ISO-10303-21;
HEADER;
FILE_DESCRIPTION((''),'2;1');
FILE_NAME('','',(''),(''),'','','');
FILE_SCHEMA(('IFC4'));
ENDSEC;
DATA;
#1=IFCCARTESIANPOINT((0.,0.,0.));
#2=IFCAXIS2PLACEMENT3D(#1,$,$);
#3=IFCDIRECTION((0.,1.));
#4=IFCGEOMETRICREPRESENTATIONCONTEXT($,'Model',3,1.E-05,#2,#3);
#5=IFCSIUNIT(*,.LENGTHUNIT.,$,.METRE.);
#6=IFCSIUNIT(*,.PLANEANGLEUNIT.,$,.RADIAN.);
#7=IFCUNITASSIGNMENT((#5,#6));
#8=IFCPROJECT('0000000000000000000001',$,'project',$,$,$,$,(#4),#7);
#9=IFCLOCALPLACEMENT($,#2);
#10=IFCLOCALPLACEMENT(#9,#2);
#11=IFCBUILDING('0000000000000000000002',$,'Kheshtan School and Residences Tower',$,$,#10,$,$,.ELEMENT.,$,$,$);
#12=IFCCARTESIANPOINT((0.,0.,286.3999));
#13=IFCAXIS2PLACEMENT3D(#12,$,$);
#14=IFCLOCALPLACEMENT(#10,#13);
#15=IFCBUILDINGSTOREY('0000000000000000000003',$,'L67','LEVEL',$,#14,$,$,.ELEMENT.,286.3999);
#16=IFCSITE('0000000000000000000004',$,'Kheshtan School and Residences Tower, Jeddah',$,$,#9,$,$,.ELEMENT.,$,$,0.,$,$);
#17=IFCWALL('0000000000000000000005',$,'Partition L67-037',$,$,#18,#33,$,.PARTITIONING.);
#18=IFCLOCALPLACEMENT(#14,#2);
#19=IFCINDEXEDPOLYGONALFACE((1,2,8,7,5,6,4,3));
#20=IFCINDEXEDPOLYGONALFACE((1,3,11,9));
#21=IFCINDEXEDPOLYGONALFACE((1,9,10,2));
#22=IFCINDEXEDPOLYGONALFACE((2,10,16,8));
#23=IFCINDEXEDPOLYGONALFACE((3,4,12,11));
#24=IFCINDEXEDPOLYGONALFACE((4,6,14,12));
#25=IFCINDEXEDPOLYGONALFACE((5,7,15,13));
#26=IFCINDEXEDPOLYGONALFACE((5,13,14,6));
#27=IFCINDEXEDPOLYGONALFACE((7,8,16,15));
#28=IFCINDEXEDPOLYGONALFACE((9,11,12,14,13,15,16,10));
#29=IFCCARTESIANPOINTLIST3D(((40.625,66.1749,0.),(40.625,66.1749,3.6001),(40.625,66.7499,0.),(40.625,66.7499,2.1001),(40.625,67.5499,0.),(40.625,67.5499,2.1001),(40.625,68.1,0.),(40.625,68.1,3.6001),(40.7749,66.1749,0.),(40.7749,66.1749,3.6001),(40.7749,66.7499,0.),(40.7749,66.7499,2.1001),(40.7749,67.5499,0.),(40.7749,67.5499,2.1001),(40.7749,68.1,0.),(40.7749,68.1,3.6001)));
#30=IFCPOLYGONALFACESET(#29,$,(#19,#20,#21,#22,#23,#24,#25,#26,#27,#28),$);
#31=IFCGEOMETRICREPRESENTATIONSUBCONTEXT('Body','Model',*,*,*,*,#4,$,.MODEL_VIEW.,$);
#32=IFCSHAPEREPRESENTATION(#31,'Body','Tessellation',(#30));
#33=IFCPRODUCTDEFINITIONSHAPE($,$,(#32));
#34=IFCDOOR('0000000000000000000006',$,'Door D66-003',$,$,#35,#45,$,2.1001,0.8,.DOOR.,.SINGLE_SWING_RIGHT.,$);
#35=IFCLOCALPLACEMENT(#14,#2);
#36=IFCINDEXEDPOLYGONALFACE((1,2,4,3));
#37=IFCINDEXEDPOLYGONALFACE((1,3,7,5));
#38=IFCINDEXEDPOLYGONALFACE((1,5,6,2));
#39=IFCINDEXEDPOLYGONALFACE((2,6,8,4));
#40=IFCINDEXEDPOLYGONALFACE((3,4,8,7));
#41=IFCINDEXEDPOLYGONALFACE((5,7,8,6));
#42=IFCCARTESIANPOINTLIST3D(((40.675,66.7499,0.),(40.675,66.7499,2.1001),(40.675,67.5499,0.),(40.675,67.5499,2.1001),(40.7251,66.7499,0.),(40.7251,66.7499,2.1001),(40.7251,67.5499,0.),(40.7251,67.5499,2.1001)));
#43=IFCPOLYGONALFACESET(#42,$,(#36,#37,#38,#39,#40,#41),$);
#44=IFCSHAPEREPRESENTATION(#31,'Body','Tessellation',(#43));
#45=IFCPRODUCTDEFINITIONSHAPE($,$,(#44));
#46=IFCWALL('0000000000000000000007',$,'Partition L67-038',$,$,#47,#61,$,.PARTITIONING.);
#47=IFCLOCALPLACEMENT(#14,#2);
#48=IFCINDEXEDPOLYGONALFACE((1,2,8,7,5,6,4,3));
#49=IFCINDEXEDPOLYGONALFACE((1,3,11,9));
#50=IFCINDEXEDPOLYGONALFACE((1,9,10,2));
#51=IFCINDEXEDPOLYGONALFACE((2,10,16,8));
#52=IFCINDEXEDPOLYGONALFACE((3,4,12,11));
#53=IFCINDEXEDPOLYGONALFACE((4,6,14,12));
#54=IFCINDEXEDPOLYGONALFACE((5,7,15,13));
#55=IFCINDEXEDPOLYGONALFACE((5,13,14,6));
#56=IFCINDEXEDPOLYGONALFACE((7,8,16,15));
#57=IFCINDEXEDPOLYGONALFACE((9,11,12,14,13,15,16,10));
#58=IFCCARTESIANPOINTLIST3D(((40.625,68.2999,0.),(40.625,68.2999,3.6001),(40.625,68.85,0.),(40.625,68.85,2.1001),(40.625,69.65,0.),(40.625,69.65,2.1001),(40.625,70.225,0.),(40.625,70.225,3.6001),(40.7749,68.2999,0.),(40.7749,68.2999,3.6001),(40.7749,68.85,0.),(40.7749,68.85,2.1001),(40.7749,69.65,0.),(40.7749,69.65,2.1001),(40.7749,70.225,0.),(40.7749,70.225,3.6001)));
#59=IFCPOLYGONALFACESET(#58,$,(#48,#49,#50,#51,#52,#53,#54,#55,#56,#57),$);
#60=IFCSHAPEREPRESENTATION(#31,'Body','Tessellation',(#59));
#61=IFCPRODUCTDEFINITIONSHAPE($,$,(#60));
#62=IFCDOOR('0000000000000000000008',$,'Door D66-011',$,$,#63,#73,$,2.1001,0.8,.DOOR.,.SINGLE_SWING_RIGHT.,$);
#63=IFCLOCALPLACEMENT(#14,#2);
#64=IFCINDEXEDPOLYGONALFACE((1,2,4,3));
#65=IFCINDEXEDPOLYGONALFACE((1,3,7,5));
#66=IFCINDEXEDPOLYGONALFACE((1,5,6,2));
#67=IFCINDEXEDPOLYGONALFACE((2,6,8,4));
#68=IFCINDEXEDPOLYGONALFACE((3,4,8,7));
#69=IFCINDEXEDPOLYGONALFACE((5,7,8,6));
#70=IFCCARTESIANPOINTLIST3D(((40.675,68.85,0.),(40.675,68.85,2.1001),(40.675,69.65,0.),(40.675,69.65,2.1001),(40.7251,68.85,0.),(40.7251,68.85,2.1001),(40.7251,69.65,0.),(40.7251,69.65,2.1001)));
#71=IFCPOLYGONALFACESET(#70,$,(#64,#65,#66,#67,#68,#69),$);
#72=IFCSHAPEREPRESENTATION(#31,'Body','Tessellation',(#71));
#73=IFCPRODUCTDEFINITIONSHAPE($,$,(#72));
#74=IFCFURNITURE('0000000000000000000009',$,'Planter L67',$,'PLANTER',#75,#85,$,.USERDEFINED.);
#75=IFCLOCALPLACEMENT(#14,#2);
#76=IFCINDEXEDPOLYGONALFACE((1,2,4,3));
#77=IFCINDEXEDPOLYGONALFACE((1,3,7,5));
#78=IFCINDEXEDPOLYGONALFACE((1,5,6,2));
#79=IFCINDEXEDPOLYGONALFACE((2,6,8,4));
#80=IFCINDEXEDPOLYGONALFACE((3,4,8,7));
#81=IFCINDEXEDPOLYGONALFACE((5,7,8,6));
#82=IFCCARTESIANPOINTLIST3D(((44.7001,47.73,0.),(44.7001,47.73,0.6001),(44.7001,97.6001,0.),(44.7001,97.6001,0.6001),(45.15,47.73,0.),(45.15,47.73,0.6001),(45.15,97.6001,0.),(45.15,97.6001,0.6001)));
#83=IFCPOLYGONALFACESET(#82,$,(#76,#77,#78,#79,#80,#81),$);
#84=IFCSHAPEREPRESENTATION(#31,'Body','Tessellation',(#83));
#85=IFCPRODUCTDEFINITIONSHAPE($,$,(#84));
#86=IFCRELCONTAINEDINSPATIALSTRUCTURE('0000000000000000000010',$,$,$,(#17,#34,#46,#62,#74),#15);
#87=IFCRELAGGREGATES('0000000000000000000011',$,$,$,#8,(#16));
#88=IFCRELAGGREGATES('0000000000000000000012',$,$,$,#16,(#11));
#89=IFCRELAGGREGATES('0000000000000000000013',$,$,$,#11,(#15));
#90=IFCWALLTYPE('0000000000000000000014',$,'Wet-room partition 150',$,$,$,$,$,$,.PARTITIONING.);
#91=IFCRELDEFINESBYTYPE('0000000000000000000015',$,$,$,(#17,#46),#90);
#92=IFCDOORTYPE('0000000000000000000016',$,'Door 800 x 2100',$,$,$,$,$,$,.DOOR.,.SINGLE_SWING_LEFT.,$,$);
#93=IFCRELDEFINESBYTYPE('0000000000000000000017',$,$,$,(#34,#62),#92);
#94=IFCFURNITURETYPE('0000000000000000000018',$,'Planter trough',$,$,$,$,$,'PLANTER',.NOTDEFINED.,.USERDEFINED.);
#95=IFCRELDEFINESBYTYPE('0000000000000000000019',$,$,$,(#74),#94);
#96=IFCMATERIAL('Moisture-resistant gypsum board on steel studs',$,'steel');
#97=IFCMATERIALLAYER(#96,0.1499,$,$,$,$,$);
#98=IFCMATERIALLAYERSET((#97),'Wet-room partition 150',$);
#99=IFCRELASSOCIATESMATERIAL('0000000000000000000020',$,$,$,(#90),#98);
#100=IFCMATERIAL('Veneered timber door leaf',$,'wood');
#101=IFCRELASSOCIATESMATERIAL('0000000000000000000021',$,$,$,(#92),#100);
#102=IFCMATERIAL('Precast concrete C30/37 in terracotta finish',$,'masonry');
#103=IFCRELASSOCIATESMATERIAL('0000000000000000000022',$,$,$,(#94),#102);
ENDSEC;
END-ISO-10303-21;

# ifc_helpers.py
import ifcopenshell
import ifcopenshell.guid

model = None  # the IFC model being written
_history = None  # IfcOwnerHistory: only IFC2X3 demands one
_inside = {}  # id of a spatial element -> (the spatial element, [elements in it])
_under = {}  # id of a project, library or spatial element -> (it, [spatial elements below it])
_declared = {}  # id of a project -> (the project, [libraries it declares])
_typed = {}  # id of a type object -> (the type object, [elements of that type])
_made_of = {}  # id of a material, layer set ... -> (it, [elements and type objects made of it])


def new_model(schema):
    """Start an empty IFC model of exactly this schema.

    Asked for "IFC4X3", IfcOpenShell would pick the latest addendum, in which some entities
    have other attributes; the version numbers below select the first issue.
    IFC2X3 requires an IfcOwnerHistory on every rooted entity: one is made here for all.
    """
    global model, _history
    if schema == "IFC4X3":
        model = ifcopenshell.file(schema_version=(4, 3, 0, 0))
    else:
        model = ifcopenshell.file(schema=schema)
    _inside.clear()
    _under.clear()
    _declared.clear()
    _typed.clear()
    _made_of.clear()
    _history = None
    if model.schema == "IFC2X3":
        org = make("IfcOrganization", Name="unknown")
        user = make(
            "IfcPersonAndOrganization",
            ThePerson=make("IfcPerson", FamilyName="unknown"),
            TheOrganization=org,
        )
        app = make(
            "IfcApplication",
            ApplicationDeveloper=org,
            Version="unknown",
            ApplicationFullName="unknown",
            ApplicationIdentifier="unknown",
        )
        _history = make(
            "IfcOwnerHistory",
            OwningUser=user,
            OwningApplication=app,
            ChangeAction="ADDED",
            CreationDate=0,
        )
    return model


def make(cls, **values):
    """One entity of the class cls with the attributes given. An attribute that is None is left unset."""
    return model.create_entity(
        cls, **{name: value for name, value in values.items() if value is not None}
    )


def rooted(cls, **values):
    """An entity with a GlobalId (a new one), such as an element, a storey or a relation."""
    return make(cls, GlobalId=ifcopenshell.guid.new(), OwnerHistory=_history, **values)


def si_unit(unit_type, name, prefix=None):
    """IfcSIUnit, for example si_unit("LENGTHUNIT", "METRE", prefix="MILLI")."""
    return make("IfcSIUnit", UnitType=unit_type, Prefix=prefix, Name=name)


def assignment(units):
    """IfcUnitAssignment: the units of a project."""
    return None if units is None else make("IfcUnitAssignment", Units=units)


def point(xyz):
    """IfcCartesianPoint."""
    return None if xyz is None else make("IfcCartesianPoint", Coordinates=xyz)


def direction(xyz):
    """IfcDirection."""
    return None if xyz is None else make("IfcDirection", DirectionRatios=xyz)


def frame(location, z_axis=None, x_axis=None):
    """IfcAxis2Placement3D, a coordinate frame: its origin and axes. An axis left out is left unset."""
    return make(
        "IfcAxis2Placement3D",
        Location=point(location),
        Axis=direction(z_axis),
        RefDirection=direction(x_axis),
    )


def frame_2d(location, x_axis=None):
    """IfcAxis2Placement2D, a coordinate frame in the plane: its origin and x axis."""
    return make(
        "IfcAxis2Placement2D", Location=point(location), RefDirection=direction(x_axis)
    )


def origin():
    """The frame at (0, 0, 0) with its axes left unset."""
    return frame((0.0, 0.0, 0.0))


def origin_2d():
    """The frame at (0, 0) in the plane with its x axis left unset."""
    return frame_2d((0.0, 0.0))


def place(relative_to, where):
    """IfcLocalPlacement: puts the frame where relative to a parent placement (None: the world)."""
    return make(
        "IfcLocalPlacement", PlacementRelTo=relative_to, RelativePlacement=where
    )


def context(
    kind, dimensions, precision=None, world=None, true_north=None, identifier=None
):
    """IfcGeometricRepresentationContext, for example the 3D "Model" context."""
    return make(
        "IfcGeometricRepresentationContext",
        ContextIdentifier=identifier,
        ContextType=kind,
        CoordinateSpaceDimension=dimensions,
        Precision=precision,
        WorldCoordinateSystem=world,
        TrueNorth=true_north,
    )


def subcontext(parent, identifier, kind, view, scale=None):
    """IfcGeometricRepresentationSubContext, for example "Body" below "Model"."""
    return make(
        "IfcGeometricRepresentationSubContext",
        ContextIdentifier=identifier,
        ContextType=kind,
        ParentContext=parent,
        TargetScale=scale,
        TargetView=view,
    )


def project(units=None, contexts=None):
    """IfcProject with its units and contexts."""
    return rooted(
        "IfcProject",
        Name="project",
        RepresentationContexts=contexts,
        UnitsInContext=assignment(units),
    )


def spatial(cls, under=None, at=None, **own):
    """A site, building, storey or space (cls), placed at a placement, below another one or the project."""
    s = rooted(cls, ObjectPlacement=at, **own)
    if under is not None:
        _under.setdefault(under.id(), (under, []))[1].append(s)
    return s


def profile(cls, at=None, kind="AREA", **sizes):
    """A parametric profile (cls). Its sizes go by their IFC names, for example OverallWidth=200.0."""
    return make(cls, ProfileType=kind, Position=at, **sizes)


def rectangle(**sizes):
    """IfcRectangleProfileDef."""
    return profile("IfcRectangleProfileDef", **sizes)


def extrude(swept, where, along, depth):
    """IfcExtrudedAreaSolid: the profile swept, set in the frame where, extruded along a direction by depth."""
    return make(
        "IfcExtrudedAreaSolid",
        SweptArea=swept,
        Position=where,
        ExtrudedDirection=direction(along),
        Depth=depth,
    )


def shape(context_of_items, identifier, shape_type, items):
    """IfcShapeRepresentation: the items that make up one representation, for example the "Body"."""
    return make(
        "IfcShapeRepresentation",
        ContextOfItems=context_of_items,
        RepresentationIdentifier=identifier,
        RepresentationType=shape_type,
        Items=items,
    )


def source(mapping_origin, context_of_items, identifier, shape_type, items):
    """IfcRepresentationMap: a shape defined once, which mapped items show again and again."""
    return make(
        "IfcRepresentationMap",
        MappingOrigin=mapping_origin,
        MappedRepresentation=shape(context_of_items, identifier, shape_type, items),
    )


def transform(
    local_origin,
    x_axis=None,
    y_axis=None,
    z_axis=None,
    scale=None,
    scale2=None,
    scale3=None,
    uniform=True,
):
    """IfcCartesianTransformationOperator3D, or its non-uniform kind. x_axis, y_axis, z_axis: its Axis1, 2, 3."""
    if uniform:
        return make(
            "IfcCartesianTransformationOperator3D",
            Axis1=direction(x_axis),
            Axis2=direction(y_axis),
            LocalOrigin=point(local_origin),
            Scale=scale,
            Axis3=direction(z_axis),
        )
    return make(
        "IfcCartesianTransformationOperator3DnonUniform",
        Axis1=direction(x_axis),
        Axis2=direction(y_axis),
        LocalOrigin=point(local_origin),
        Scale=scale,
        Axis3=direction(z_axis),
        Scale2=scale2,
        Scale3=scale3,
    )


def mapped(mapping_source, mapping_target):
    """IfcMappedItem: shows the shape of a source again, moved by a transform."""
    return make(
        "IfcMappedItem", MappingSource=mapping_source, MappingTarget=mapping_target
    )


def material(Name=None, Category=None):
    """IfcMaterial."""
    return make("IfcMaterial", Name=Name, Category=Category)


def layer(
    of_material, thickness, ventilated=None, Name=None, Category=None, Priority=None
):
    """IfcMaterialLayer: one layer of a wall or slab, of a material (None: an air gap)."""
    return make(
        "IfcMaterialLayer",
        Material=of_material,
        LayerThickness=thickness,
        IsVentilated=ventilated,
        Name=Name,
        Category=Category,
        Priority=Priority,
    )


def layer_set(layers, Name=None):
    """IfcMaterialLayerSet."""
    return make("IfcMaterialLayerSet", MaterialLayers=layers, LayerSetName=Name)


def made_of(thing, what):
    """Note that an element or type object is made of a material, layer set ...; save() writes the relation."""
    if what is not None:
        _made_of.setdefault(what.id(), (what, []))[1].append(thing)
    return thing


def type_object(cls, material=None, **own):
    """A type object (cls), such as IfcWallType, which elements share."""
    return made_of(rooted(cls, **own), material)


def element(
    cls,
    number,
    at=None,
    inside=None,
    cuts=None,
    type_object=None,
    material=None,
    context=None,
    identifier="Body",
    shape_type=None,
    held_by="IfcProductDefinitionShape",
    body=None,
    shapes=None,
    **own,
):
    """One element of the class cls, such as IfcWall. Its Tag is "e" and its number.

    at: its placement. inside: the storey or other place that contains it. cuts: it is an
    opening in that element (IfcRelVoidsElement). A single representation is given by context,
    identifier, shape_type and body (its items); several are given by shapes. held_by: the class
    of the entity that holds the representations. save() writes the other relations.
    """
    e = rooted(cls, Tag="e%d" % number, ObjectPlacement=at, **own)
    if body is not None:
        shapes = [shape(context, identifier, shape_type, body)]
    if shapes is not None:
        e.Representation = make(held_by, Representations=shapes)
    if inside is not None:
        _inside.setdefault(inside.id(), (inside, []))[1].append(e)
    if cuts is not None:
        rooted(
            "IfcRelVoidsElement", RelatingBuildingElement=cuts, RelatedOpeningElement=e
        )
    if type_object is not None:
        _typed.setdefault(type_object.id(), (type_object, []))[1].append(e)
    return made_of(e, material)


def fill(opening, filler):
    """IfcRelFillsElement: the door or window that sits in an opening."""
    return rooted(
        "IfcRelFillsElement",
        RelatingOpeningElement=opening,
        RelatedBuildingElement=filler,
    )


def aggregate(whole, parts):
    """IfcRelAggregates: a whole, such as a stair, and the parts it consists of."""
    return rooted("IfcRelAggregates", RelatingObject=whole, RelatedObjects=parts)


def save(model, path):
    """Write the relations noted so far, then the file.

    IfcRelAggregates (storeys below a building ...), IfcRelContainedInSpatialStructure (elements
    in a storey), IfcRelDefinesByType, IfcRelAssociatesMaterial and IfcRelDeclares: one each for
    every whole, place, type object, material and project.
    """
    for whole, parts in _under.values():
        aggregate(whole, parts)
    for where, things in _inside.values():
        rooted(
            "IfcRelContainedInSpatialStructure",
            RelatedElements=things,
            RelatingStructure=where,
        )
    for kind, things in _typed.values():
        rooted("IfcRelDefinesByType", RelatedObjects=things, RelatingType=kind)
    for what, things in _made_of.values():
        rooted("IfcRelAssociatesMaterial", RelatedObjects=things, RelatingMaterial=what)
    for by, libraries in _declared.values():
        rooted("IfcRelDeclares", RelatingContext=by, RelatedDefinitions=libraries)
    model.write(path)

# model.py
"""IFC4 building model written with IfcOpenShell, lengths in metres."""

from ifc_helpers import new_model, si_unit, direction, frame, frame_2d, origin, origin_2d, place, context, subcontext, project, spatial, rectangle, extrude, source, transform, mapped, material, layer, layer_set, type_object, element, fill, save


model = new_model("IFC4")

# Units and contexts
model_context = context("Model", 3, precision=1e-05, world=origin(), true_north=direction((0.0, 1.0)))
body_context = subcontext(model_context, "Body", "Model", "MODEL_VIEW")
ifc_project = project(units=[si_unit("LENGTHUNIT", "METRE"), si_unit("PLANEANGLEUNIT", "RADIAN")], contexts=[model_context])

# Site, building, storey
site_placement = place(None, origin())
site = spatial("IfcSite", under=ifc_project, at=site_placement, Name="Kheshtan School and Residences Tower, Jeddah", CompositionType="ELEMENT", RefElevation=0.0)
building_placement = place(site_placement, origin())
building = spatial("IfcBuilding", under=site, at=building_placement, Name="Kheshtan School and Residences Tower", CompositionType="ELEMENT")
storey_placement = place(building_placement, frame((0.0, 0.0, 286.3999)))
storey = spatial("IfcBuildingStorey", under=building, at=storey_placement, Name="L67", Description="LEVEL", CompositionType="ELEMENT", Elevation=286.3999)

# Walls, openings, doors
ifc_material_1 = material(Name="Moisture-resistant gypsum board on steel studs", Category="steel")
ifc_layer_1 = layer(ifc_material_1, 0.1499)
ifc_layer_set_1 = layer_set([ifc_layer_1], Name="Wet-room partition 150")
wall_type = type_object("IfcWallType", Name="Wet-room partition 150", PredefinedType="PARTITIONING", material=ifc_layer_set_1)
wall_1_placement = place(storey_placement, frame((40.7, 66.175, 0.0), z_axis=(0.0, 0.0, 1.0), x_axis=(0.0, 1.0, 0.0)))
wall_1 = element("IfcWall", 1, at=wall_1_placement, inside=storey, type_object=wall_type, Name="Partition L67-037", PredefinedType="PARTITIONING", context=body_context, shape_type="SweptSolid", body=[
    extrude(rectangle(XDim=1.925, YDim=0.1499, at=frame_2d((0.9624, 0.0))), origin(), (0.0, 0.0, 1.0), 3.6001),
])
opening_1_placement = place(wall_1_placement, frame((0.575, 0.0, 0.0)))
opening_1 = element("IfcOpeningElement", 2, at=opening_1_placement, cuts=wall_1, PredefinedType="OPENING", context=body_context, shape_type="SweptSolid", body=[
    extrude(rectangle(XDim=0.8, YDim=2.1001, at=frame_2d((0.3999, 1.05))), frame((0.0, 0.085, 0.0), z_axis=(0.0, -1.0, 0.0), x_axis=(1.0, 0.0, 0.0)), (0.0, 0.0, 1.0), 0.1699),
])
ifc_material_2 = material(Name="Veneered timber door leaf", Category="wood")
door_type = type_object("IfcDoorType", Name="Door 800 x 2100", OperationType="SINGLE_SWING_LEFT", PredefinedType="DOOR", material=ifc_material_2)
shared_shape = source(origin(), body_context, "Body", "SweptSolid", [
    extrude(rectangle(XDim=0.8, YDim=2.1001, at=frame_2d((0.3999, 1.05))), frame((0.0, 0.0249, 0.0), z_axis=(0.0, -1.0, 0.0), x_axis=(1.0, 0.0, 0.0)), (0.0, 0.0, 1.0), 0.05),
])
door_1_placement = place(opening_1_placement, origin())
door_1 = element("IfcDoor", 3, at=door_1_placement, inside=storey, type_object=door_type, Name="Door D66-003", OperationType="SINGLE_SWING_RIGHT", OverallHeight=2.1001, OverallWidth=0.8, PredefinedType="DOOR", context=body_context, shape_type="MappedRepresentation", body=[
    mapped(shared_shape, transform((0.0, 0.0, 0.0), x_axis=(1.0, 0.0, 0.0), y_axis=(0.0, 1.0, 0.0), z_axis=(0.0, 0.0, 1.0), scale=1.0)),
])
fill(opening_1, door_1)
wall_2_placement = place(storey_placement, frame((40.7, 68.3, 0.0), z_axis=(0.0, 0.0, 1.0), x_axis=(0.0, 1.0, 0.0)))
wall_2 = element("IfcWall", 4, at=wall_2_placement, inside=storey, type_object=wall_type, Name="Partition L67-038", PredefinedType="PARTITIONING", context=body_context, shape_type="SweptSolid", body=[
    extrude(rectangle(XDim=1.925, YDim=0.1499, at=frame_2d((0.9624, 0.0))), origin(), (0.0, 0.0, 1.0), 3.6001),
])
opening_2_placement = place(wall_2_placement, frame((0.55, 0.0, 0.0)))
opening_2 = element("IfcOpeningElement", 5, at=opening_2_placement, cuts=wall_2, PredefinedType="OPENING", context=body_context, shape_type="SweptSolid", body=[
    extrude(rectangle(XDim=0.8, YDim=2.1001, at=frame_2d((0.3999, 1.05))), frame((0.0, 0.085, 0.0), z_axis=(0.0, -1.0, 0.0), x_axis=(1.0, 0.0, 0.0)), (0.0, 0.0, 1.0), 0.1699),
])
door_2_placement = place(opening_2_placement, origin())
door_2 = element("IfcDoor", 6, at=door_2_placement, inside=storey, type_object=door_type, Name="Door D66-011", OperationType="SINGLE_SWING_RIGHT", OverallHeight=2.1001, OverallWidth=0.8, PredefinedType="DOOR", context=body_context, shape_type="MappedRepresentation", body=[
    mapped(shared_shape, transform((0.0, 0.0, 0.0), x_axis=(1.0, 0.0, 0.0), y_axis=(0.0, 1.0, 0.0), z_axis=(0.0, 0.0, 1.0), scale=1.0)),
])
fill(opening_2, door_2)

# Furniture
ifc_material_3 = material(Name="Precast concrete C30/37 in terracotta finish", Category="masonry")
furniture_type = type_object("IfcFurnitureType", Name="Planter trough", ElementType="PLANTER", AssemblyPlace="NOTDEFINED", PredefinedType="USERDEFINED", material=ifc_material_3)
furniture_placement = place(storey_placement, frame((44.925, 72.665, 0.0), z_axis=(0.0, 0.0, 1.0), x_axis=(0.0, -1.0, 0.0)))
element("IfcFurniture", 7, at=furniture_placement, inside=storey, type_object=furniture_type, Name="Planter L67", ObjectType="PLANTER", PredefinedType="USERDEFINED", context=body_context, shape_type="SweptSolid", body=[
    extrude(rectangle(XDim=49.8701, YDim=0.45, at=origin_2d()), origin(), (0.0, 0.0, 1.0), 0.6001),
])

save(model, "model.ifc")
